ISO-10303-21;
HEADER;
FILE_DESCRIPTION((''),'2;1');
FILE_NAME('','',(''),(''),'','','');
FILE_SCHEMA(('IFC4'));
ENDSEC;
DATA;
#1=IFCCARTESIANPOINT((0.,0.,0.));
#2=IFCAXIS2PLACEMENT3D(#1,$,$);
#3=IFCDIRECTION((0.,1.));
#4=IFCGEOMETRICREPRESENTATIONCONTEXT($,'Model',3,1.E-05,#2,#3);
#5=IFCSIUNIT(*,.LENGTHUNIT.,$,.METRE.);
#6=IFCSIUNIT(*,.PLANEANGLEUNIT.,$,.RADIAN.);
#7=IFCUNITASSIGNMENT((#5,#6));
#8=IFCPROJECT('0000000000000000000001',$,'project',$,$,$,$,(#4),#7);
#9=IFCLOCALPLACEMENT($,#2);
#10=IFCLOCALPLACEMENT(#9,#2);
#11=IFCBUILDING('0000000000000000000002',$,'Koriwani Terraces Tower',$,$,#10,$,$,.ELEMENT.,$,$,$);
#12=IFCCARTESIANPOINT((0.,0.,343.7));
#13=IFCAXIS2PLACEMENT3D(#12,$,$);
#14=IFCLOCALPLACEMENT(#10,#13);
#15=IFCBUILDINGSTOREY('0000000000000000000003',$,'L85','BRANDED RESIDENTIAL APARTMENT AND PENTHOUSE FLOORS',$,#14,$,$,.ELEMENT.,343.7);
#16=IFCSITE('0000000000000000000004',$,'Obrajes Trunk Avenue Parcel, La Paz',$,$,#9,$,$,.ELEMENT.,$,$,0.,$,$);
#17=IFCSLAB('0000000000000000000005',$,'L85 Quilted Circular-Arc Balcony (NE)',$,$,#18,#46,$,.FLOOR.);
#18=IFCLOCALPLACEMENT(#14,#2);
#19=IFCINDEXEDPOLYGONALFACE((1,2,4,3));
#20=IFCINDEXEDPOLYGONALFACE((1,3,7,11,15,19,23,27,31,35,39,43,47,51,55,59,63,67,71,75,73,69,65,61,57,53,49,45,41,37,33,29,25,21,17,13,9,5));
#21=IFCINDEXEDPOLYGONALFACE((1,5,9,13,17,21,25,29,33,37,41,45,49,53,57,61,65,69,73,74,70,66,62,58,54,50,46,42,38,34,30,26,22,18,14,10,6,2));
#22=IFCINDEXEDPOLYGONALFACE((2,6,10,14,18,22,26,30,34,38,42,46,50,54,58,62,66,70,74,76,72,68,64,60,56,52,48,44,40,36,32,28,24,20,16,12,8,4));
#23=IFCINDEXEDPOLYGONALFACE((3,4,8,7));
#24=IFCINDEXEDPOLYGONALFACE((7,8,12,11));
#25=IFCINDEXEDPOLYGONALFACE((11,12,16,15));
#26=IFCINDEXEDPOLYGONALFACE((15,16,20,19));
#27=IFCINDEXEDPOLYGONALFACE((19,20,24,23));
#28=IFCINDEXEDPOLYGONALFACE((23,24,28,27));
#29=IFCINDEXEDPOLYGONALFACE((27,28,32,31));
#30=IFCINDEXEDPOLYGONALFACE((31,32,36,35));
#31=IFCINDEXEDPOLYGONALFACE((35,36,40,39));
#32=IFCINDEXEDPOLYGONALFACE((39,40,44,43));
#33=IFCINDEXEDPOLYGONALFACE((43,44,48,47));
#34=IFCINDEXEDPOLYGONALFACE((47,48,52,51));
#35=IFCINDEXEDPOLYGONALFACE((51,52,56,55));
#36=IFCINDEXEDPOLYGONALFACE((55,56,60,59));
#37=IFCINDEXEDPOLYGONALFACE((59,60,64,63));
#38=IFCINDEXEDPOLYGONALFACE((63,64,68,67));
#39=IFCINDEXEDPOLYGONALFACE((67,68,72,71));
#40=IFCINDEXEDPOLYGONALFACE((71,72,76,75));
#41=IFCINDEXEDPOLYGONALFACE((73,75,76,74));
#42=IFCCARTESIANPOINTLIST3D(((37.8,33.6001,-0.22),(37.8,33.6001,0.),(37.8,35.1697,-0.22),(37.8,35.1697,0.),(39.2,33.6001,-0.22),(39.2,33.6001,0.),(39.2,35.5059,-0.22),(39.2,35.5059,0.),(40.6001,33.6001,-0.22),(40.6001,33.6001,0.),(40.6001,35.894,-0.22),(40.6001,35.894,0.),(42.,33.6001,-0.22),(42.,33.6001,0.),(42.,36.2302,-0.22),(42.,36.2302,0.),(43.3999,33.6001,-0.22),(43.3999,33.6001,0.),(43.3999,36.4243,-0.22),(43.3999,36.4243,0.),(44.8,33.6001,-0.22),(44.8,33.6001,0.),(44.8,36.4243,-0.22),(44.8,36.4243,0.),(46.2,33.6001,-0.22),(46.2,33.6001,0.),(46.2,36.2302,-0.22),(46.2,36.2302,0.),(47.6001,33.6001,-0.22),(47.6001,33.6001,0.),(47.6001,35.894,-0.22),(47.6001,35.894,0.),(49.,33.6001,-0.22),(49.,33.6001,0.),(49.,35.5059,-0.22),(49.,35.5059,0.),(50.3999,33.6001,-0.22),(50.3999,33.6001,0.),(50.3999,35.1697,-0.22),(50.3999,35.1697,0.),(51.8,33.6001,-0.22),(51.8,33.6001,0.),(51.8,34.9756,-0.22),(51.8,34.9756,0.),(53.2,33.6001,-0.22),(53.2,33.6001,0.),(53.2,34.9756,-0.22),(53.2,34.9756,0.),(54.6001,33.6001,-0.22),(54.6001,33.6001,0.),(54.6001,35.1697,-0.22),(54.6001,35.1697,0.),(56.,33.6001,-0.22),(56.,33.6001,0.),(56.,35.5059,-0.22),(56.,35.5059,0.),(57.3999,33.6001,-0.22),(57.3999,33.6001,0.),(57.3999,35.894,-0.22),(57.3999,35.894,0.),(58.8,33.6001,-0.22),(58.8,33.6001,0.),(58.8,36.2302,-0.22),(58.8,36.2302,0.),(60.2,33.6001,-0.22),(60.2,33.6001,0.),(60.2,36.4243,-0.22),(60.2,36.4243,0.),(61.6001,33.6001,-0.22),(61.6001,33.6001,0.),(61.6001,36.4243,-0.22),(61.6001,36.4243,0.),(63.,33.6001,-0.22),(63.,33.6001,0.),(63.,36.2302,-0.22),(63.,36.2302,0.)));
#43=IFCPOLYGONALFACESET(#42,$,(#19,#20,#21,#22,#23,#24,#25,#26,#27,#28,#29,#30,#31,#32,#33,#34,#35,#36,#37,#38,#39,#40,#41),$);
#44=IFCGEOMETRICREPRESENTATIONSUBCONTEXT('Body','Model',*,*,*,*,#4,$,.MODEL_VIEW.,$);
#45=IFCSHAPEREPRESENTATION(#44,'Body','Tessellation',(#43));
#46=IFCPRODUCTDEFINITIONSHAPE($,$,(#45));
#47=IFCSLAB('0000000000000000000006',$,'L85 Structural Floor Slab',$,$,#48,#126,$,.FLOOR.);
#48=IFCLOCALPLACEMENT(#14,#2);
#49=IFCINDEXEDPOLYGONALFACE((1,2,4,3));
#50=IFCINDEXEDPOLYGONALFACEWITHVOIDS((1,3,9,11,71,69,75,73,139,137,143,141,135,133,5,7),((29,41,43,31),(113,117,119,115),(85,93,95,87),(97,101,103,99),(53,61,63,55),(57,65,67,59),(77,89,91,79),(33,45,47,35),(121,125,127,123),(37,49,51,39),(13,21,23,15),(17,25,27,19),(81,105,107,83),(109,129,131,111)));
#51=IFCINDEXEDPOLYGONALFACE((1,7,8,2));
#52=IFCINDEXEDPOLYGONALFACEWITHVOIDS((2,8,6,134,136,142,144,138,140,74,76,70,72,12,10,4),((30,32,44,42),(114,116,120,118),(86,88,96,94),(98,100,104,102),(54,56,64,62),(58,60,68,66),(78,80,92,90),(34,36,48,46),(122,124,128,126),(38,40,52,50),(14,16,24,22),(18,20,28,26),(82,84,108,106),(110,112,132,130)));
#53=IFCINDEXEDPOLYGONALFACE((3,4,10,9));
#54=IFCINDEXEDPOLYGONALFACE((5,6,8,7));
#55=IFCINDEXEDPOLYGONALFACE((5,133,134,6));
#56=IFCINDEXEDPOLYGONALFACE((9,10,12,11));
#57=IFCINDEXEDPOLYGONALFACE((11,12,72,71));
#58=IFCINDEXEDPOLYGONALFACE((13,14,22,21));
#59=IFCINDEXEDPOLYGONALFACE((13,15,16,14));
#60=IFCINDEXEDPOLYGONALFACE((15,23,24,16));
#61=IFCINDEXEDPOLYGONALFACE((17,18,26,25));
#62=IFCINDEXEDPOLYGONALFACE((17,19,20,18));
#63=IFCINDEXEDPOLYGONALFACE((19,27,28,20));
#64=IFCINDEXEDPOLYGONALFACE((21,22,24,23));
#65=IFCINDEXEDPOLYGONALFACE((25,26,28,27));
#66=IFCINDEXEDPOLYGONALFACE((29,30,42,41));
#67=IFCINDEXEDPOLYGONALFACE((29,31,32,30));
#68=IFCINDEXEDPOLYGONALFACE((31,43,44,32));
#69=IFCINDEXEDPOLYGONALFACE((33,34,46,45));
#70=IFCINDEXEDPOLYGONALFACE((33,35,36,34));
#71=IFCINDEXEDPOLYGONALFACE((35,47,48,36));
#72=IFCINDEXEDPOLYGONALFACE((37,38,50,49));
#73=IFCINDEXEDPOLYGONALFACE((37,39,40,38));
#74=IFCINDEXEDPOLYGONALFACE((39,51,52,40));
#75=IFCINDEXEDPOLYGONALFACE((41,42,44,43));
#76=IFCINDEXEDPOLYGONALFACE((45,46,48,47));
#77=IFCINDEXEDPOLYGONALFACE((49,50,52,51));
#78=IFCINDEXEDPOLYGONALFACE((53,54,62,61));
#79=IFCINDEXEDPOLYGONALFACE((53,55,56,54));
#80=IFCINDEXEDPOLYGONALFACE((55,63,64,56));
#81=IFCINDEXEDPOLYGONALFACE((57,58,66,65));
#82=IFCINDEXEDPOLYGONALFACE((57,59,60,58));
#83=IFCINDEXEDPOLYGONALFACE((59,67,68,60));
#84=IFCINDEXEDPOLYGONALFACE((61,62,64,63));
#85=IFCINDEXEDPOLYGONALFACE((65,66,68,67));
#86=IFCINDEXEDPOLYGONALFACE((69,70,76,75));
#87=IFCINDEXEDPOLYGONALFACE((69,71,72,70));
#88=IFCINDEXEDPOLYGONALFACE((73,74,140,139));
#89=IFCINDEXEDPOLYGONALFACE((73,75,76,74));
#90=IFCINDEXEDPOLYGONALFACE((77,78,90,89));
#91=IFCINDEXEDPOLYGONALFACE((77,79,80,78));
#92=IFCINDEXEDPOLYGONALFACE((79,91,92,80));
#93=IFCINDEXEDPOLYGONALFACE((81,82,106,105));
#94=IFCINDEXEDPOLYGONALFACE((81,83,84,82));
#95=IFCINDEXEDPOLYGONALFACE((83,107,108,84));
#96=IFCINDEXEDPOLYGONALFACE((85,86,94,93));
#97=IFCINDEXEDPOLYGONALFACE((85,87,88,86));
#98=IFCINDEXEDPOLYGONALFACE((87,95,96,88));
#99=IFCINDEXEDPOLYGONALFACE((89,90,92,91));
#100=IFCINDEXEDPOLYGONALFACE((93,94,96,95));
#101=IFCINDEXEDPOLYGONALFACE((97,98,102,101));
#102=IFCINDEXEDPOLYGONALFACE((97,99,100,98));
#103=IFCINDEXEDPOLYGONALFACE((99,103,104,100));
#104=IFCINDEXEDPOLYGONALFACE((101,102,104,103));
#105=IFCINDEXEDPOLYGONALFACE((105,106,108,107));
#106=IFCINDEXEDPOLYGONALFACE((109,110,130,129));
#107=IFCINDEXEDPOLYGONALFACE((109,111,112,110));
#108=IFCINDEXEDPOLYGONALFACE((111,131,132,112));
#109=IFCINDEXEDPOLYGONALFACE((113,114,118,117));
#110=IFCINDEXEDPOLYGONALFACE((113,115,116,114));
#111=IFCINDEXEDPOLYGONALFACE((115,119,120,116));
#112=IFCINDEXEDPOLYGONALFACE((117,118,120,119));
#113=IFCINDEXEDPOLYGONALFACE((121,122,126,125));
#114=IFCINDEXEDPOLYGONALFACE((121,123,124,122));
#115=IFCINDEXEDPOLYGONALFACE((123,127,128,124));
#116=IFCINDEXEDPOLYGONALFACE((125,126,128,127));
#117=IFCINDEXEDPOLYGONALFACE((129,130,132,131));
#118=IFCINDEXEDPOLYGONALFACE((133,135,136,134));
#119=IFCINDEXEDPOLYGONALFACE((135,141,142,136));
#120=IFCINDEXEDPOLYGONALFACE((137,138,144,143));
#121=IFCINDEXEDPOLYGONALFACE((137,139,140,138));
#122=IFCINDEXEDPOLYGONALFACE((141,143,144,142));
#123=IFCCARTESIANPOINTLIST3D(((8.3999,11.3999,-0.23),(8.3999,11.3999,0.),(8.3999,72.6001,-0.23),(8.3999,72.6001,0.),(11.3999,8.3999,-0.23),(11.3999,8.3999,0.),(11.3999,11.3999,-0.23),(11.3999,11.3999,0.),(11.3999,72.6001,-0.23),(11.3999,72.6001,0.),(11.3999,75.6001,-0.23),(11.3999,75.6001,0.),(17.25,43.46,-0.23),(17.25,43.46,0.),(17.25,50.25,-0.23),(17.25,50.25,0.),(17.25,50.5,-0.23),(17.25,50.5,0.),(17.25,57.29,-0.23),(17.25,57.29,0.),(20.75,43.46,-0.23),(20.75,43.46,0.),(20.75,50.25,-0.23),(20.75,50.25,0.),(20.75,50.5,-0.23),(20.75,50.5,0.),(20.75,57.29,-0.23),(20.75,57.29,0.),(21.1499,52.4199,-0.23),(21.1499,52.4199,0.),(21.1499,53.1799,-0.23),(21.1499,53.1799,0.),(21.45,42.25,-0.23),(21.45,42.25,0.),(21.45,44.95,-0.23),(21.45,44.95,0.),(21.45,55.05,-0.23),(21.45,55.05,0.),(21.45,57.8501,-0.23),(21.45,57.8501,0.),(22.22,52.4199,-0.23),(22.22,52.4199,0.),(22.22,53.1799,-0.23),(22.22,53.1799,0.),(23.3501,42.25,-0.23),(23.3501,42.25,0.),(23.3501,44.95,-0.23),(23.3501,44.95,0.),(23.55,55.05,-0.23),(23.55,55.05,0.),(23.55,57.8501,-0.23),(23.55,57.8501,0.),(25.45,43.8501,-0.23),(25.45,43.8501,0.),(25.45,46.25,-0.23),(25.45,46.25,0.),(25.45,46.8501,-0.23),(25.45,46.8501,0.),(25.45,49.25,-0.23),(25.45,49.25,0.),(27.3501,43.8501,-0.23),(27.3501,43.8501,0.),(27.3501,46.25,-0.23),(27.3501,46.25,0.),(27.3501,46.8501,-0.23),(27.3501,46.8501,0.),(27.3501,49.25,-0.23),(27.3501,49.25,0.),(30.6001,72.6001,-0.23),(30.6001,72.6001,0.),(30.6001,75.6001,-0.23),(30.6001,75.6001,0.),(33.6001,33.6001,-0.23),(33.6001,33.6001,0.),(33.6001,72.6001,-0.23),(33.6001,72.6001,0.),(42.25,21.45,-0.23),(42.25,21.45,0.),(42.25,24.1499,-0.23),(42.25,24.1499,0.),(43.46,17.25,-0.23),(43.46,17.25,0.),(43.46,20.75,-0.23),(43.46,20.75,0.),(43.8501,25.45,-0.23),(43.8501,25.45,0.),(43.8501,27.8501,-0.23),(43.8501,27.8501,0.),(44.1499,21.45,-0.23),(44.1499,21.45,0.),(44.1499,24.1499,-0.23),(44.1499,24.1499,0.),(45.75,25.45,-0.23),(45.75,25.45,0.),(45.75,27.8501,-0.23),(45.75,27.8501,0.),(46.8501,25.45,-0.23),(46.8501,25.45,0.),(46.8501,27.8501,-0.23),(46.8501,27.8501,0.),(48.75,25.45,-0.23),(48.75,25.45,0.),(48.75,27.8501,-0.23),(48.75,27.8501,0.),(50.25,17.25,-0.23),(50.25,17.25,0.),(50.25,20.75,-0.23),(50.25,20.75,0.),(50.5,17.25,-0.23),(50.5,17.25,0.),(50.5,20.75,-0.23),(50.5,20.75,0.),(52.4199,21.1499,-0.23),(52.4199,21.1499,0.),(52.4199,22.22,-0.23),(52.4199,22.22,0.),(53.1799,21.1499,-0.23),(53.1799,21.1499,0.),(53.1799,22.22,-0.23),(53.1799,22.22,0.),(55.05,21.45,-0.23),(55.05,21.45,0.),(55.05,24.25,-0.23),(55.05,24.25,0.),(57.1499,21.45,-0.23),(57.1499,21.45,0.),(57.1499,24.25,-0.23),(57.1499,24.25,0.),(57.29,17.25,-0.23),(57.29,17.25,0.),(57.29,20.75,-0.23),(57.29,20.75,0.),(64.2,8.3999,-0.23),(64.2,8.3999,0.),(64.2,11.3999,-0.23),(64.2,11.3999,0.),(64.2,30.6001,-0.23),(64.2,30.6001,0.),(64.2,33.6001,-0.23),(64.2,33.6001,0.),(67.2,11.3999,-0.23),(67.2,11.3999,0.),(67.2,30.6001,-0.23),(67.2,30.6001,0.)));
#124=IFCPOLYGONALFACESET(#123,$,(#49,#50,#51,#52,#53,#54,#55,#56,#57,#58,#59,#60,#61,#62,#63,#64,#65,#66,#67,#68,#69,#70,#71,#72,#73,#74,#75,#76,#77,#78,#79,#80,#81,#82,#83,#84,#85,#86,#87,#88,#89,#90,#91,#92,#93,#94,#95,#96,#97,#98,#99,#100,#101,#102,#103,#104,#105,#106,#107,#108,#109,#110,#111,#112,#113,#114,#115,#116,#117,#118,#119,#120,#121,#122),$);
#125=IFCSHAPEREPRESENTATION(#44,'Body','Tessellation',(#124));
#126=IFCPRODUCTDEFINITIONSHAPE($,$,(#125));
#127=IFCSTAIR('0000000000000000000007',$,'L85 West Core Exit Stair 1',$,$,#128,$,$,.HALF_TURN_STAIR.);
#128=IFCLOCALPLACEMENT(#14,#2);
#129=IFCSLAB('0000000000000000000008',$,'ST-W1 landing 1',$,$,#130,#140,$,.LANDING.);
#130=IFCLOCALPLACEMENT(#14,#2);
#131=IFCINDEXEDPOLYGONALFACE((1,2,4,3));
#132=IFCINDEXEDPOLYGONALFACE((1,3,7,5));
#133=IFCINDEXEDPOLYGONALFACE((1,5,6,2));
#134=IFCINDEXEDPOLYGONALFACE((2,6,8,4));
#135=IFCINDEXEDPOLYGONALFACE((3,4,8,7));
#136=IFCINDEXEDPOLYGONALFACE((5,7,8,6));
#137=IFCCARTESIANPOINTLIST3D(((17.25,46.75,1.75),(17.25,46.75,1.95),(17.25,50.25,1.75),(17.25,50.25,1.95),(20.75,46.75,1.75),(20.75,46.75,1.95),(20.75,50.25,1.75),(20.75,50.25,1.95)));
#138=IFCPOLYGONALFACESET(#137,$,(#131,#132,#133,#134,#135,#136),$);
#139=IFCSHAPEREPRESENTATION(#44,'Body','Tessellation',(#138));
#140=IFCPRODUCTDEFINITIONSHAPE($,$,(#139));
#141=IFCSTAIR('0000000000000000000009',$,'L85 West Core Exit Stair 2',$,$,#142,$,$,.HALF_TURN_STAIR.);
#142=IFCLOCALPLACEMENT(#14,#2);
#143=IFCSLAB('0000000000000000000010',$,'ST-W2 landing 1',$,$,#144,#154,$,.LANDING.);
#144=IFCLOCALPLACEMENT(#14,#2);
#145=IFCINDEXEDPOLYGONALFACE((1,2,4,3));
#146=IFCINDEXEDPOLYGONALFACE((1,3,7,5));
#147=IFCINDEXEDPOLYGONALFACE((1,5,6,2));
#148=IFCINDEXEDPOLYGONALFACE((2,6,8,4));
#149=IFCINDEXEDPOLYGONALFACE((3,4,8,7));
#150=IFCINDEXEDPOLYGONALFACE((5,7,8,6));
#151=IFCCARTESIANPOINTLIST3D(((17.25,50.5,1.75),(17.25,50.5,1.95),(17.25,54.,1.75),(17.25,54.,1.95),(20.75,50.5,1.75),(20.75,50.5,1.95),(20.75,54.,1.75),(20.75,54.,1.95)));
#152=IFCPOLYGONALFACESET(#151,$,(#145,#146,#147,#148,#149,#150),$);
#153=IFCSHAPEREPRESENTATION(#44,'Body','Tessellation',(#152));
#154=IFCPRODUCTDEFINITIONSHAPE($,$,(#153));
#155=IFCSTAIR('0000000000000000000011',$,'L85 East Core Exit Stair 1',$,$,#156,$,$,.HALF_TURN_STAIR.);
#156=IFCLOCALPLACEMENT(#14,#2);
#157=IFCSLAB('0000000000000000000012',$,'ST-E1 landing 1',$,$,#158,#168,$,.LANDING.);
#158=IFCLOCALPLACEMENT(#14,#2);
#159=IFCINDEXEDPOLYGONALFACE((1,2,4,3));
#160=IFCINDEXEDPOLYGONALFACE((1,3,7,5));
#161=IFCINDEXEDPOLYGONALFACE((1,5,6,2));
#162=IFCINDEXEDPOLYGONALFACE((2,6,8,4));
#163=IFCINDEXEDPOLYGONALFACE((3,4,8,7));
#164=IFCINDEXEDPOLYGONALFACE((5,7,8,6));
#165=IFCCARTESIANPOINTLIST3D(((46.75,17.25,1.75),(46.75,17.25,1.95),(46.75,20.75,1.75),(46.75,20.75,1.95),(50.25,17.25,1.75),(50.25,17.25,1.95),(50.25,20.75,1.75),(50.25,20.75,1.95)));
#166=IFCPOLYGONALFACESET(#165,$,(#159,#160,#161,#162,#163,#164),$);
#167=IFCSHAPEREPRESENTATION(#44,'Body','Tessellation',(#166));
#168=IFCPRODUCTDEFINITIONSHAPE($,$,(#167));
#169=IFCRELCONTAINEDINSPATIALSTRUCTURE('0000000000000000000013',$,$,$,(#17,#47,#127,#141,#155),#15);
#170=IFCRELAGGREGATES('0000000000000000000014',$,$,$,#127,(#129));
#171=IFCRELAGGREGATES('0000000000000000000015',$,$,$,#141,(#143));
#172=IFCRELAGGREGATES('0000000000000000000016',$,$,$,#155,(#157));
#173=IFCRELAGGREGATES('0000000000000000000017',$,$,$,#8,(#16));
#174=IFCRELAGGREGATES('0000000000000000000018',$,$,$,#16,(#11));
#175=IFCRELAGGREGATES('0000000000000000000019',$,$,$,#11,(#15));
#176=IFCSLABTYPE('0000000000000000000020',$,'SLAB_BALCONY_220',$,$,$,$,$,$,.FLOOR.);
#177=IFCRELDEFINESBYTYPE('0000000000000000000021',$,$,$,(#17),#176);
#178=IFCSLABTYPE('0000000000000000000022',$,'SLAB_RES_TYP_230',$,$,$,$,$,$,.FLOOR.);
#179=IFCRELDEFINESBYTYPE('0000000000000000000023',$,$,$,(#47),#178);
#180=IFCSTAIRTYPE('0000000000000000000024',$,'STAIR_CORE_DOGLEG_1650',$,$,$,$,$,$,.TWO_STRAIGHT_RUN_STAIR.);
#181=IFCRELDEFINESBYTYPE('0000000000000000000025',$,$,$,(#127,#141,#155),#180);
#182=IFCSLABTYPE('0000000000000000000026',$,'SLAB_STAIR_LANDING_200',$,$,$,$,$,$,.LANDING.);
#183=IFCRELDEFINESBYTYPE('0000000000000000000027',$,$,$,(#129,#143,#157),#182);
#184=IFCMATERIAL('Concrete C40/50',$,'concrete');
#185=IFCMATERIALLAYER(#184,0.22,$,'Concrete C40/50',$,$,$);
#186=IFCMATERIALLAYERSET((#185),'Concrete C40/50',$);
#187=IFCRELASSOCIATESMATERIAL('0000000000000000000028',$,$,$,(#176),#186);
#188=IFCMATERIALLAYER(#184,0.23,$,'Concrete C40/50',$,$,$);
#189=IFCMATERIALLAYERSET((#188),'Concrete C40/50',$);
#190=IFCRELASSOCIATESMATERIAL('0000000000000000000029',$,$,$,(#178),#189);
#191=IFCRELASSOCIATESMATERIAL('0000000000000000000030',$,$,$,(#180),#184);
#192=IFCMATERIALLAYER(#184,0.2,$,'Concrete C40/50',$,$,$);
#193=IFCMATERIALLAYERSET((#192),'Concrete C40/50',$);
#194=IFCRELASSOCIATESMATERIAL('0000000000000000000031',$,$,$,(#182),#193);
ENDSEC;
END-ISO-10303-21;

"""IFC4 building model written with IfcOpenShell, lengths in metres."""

from ifc_helpers import new_model, si_unit, direction, frame, origin, place, context, subcontext, project, spatial, polyline, outline, extrude, material, layer, layer_set, type_object, element, aggregate, save


model = new_model("IFC4")

# Units and contexts
model_context = context("Model", 3, precision=1e-05, world=origin(), true_north=direction((0.0, 1.0)))
body_context = subcontext(model_context, "Body", "Model", "MODEL_VIEW")
ifc_project = project(units=[si_unit("LENGTHUNIT", "METRE"), si_unit("PLANEANGLEUNIT", "RADIAN")], contexts=[model_context])

# Site, building, storey
site_placement = place(None, origin())
site = spatial("IfcSite", under=ifc_project, at=site_placement, Name="Obrajes Trunk Avenue Parcel, La Paz", CompositionType="ELEMENT", RefElevation=0.0)
building_placement = place(site_placement, origin())
building = spatial("IfcBuilding", under=site, at=building_placement, Name="Koriwani Terraces Tower", CompositionType="ELEMENT")
storey_placement = place(building_placement, frame((0.0, 0.0, 343.7)))
storey = spatial("IfcBuildingStorey", under=building, at=storey_placement, Name="L85", Description="BRANDED RESIDENTIAL APARTMENT AND PENTHOUSE FLOORS", CompositionType="ELEMENT", Elevation=343.7)

# Shared definitions
ifc_material_1 = material(Name="Concrete C40/50", Category="concrete")

# Slabs
ifc_layer_1 = layer(ifc_material_1, 0.22, Name="Concrete C40/50")
ifc_layer_set_1 = layer_set([ifc_layer_1], Name="Concrete C40/50")
slab_type_1 = type_object("IfcSlabType", Name="SLAB_BALCONY_220", PredefinedType="FLOOR", material=ifc_layer_set_1)
slab_1_placement = place(storey_placement, frame((0.0, 0.0, -0.22)))
element("IfcSlab", 1, at=slab_1_placement, inside=storey, type_object=slab_type_1, Name="L85 Quilted Circular-Arc Balcony (NE)", PredefinedType="FLOOR", context=body_context, shape_type="SweptSolid", body=[
    extrude(outline(polyline([(63.0, 33.6001), (61.6001, 33.6001), (60.2, 33.6001), (58.8, 33.6001), (57.3999, 33.6001), (56.0, 33.6001), (54.6001, 33.6001), (53.2, 33.6001), (51.8, 33.6001), (50.3999, 33.6001), (49.0, 33.6001), (47.6001, 33.6001), (46.2, 33.6001), (44.8, 33.6001), (43.3999, 33.6001), (42.0, 33.6001), (40.6001, 33.6001), (39.2, 33.6001), (37.8, 33.6001), (37.8, 35.1697), (39.2, 35.5059), (40.6001, 35.894), (42.0, 36.2302), (43.3999, 36.4243), (44.8, 36.4243), (46.2, 36.2302), (47.6001, 35.894), (49.0, 35.5059), (50.3999, 35.1697), (51.8, 34.9756), (53.2, 34.9756), (54.6001, 35.1697), (56.0, 35.5059), (57.3999, 35.894), (58.8, 36.2302), (60.2, 36.4243), (61.6001, 36.4243), (63.0, 36.2302), (63.0, 33.6001)])), origin(), (0.0, 0.0, 1.0), 0.22),
])
ifc_layer_2 = layer(ifc_material_1, 0.23, Name="Concrete C40/50")
ifc_layer_set_2 = layer_set([ifc_layer_2], Name="Concrete C40/50")
slab_type_2 = type_object("IfcSlabType", Name="SLAB_RES_TYP_230", PredefinedType="FLOOR", material=ifc_layer_set_2)
slab_2_placement = place(storey_placement, frame((0.0, 0.0, -0.23)))
element("IfcSlab", 2, at=slab_2_placement, inside=storey, type_object=slab_type_2, Name="L85 Structural Floor Slab", PredefinedType="FLOOR", context=body_context, shape_type="SweptSolid", body=[
    extrude(outline(polyline([(11.3999, 8.3999), (64.2, 8.3999), (64.2, 11.3999), (67.2, 11.3999), (67.2, 30.6001), (64.2, 30.6001), (64.2, 33.6001), (33.6001, 33.6001), (33.6001, 72.6001), (30.6001, 72.6001), (30.6001, 75.6001), (11.3999, 75.6001), (11.3999, 72.6001), (8.3999, 72.6001), (8.3999, 11.3999), (11.3999, 11.3999), (11.3999, 8.3999)]), holes=[polyline([(17.25, 43.46), (20.75, 43.46), (20.75, 50.25), (17.25, 50.25), (17.25, 43.46)]), polyline([(17.25, 50.5), (20.75, 50.5), (20.75, 57.29), (17.25, 57.29), (17.25, 50.5)]), polyline([(43.46, 17.25), (50.25, 17.25), (50.25, 20.75), (43.46, 20.75), (43.46, 17.25)]), polyline([(50.5, 17.25), (57.29, 17.25), (57.29, 20.75), (50.5, 20.75), (50.5, 17.25)]), polyline([(25.45, 43.8501), (27.3501, 43.8501), (27.3501, 46.25), (25.45, 46.25), (25.45, 43.8501)]), polyline([(25.45, 46.8501), (27.3501, 46.8501), (27.3501, 49.25), (25.45, 49.25), (25.45, 46.8501)]), polyline([(43.8501, 25.45), (45.75, 25.45), (45.75, 27.8501), (43.8501, 27.8501), (43.8501, 25.45)]), polyline([(46.8501, 25.45), (48.75, 25.45), (48.75, 27.8501), (46.8501, 27.8501), (46.8501, 25.45)]), polyline([(21.45, 55.05), (23.55, 55.05), (23.55, 57.8501), (21.45, 57.8501), (21.45, 55.05)]), polyline([(55.05, 21.45), (57.1499, 21.45), (57.1499, 24.25), (55.05, 24.25), (55.05, 21.45)]), polyline([(21.45, 42.25), (23.3501, 42.25), (23.3501, 44.95), (21.45, 44.95), (21.45, 42.25)]), polyline([(42.25, 21.45), (44.1499, 21.45), (44.1499, 24.1499), (42.25, 24.1499), (42.25, 21.45)]), polyline([(21.1499, 52.4199), (22.22, 52.4199), (22.22, 53.1799), (21.1499, 53.1799), (21.1499, 52.4199)]), polyline([(52.4199, 21.1499), (53.1799, 21.1499), (53.1799, 22.22), (52.4199, 22.22), (52.4199, 21.1499)])]), origin(), (0.0, 0.0, 1.0), 0.23),
])

# Stairs, slabs
stair_type = type_object("IfcStairType", Name="STAIR_CORE_DOGLEG_1650", PredefinedType="TWO_STRAIGHT_RUN_STAIR", material=ifc_material_1)
stair_1_placement = place(storey_placement, origin())
stair_1 = element("IfcStair", 3, at=stair_1_placement, inside=storey, type_object=stair_type, Name="L85 West Core Exit Stair 1", PredefinedType="HALF_TURN_STAIR")
ifc_layer_3 = layer(ifc_material_1, 0.2, Name="Concrete C40/50")
ifc_layer_set_3 = layer_set([ifc_layer_3], Name="Concrete C40/50")
slab_type_3 = type_object("IfcSlabType", Name="SLAB_STAIR_LANDING_200", PredefinedType="LANDING", material=ifc_layer_set_3)
slab_3_placement = place(storey_placement, frame((0.0, 0.0, 1.75)))
slab_3 = element("IfcSlab", 4, at=slab_3_placement, type_object=slab_type_3, Name="ST-W1 landing 1", PredefinedType="LANDING", context=body_context, shape_type="SweptSolid", body=[
    extrude(outline(polyline([(20.75, 46.75), (20.75, 50.25), (17.25, 50.25), (17.25, 46.75), (20.75, 46.75)])), origin(), (0.0, 0.0, 1.0), 0.2),
])
aggregate(stair_1, [slab_3])
stair_2_placement = place(storey_placement, origin())
stair_2 = element("IfcStair", 5, at=stair_2_placement, inside=storey, type_object=stair_type, Name="L85 West Core Exit Stair 2", PredefinedType="HALF_TURN_STAIR")
slab_4_placement = place(storey_placement, frame((0.0, 0.0, 1.75)))
slab_4 = element("IfcSlab", 6, at=slab_4_placement, type_object=slab_type_3, Name="ST-W2 landing 1", PredefinedType="LANDING", context=body_context, shape_type="SweptSolid", body=[
    extrude(outline(polyline([(17.25, 54.0), (17.25, 50.5), (20.75, 50.5), (20.75, 54.0), (17.25, 54.0)])), origin(), (0.0, 0.0, 1.0), 0.2),
])
aggregate(stair_2, [slab_4])
stair_3_placement = place(storey_placement, origin())
stair_3 = element("IfcStair", 7, at=stair_3_placement, inside=storey, type_object=stair_type, Name="L85 East Core Exit Stair 1", PredefinedType="HALF_TURN_STAIR")
slab_5_placement = place(storey_placement, frame((0.0, 0.0, 1.75)))
slab_5 = element("IfcSlab", 8, at=slab_5_placement, type_object=slab_type_3, Name="ST-E1 landing 1", PredefinedType="LANDING", context=body_context, shape_type="SweptSolid", body=[
    extrude(outline(polyline([(46.75, 17.25), (50.25, 17.25), (50.25, 20.75), (46.75, 20.75), (46.75, 17.25)])), origin(), (0.0, 0.0, 1.0), 0.2),
])
aggregate(stair_3, [slab_5])

save(model, "model.ifc")
